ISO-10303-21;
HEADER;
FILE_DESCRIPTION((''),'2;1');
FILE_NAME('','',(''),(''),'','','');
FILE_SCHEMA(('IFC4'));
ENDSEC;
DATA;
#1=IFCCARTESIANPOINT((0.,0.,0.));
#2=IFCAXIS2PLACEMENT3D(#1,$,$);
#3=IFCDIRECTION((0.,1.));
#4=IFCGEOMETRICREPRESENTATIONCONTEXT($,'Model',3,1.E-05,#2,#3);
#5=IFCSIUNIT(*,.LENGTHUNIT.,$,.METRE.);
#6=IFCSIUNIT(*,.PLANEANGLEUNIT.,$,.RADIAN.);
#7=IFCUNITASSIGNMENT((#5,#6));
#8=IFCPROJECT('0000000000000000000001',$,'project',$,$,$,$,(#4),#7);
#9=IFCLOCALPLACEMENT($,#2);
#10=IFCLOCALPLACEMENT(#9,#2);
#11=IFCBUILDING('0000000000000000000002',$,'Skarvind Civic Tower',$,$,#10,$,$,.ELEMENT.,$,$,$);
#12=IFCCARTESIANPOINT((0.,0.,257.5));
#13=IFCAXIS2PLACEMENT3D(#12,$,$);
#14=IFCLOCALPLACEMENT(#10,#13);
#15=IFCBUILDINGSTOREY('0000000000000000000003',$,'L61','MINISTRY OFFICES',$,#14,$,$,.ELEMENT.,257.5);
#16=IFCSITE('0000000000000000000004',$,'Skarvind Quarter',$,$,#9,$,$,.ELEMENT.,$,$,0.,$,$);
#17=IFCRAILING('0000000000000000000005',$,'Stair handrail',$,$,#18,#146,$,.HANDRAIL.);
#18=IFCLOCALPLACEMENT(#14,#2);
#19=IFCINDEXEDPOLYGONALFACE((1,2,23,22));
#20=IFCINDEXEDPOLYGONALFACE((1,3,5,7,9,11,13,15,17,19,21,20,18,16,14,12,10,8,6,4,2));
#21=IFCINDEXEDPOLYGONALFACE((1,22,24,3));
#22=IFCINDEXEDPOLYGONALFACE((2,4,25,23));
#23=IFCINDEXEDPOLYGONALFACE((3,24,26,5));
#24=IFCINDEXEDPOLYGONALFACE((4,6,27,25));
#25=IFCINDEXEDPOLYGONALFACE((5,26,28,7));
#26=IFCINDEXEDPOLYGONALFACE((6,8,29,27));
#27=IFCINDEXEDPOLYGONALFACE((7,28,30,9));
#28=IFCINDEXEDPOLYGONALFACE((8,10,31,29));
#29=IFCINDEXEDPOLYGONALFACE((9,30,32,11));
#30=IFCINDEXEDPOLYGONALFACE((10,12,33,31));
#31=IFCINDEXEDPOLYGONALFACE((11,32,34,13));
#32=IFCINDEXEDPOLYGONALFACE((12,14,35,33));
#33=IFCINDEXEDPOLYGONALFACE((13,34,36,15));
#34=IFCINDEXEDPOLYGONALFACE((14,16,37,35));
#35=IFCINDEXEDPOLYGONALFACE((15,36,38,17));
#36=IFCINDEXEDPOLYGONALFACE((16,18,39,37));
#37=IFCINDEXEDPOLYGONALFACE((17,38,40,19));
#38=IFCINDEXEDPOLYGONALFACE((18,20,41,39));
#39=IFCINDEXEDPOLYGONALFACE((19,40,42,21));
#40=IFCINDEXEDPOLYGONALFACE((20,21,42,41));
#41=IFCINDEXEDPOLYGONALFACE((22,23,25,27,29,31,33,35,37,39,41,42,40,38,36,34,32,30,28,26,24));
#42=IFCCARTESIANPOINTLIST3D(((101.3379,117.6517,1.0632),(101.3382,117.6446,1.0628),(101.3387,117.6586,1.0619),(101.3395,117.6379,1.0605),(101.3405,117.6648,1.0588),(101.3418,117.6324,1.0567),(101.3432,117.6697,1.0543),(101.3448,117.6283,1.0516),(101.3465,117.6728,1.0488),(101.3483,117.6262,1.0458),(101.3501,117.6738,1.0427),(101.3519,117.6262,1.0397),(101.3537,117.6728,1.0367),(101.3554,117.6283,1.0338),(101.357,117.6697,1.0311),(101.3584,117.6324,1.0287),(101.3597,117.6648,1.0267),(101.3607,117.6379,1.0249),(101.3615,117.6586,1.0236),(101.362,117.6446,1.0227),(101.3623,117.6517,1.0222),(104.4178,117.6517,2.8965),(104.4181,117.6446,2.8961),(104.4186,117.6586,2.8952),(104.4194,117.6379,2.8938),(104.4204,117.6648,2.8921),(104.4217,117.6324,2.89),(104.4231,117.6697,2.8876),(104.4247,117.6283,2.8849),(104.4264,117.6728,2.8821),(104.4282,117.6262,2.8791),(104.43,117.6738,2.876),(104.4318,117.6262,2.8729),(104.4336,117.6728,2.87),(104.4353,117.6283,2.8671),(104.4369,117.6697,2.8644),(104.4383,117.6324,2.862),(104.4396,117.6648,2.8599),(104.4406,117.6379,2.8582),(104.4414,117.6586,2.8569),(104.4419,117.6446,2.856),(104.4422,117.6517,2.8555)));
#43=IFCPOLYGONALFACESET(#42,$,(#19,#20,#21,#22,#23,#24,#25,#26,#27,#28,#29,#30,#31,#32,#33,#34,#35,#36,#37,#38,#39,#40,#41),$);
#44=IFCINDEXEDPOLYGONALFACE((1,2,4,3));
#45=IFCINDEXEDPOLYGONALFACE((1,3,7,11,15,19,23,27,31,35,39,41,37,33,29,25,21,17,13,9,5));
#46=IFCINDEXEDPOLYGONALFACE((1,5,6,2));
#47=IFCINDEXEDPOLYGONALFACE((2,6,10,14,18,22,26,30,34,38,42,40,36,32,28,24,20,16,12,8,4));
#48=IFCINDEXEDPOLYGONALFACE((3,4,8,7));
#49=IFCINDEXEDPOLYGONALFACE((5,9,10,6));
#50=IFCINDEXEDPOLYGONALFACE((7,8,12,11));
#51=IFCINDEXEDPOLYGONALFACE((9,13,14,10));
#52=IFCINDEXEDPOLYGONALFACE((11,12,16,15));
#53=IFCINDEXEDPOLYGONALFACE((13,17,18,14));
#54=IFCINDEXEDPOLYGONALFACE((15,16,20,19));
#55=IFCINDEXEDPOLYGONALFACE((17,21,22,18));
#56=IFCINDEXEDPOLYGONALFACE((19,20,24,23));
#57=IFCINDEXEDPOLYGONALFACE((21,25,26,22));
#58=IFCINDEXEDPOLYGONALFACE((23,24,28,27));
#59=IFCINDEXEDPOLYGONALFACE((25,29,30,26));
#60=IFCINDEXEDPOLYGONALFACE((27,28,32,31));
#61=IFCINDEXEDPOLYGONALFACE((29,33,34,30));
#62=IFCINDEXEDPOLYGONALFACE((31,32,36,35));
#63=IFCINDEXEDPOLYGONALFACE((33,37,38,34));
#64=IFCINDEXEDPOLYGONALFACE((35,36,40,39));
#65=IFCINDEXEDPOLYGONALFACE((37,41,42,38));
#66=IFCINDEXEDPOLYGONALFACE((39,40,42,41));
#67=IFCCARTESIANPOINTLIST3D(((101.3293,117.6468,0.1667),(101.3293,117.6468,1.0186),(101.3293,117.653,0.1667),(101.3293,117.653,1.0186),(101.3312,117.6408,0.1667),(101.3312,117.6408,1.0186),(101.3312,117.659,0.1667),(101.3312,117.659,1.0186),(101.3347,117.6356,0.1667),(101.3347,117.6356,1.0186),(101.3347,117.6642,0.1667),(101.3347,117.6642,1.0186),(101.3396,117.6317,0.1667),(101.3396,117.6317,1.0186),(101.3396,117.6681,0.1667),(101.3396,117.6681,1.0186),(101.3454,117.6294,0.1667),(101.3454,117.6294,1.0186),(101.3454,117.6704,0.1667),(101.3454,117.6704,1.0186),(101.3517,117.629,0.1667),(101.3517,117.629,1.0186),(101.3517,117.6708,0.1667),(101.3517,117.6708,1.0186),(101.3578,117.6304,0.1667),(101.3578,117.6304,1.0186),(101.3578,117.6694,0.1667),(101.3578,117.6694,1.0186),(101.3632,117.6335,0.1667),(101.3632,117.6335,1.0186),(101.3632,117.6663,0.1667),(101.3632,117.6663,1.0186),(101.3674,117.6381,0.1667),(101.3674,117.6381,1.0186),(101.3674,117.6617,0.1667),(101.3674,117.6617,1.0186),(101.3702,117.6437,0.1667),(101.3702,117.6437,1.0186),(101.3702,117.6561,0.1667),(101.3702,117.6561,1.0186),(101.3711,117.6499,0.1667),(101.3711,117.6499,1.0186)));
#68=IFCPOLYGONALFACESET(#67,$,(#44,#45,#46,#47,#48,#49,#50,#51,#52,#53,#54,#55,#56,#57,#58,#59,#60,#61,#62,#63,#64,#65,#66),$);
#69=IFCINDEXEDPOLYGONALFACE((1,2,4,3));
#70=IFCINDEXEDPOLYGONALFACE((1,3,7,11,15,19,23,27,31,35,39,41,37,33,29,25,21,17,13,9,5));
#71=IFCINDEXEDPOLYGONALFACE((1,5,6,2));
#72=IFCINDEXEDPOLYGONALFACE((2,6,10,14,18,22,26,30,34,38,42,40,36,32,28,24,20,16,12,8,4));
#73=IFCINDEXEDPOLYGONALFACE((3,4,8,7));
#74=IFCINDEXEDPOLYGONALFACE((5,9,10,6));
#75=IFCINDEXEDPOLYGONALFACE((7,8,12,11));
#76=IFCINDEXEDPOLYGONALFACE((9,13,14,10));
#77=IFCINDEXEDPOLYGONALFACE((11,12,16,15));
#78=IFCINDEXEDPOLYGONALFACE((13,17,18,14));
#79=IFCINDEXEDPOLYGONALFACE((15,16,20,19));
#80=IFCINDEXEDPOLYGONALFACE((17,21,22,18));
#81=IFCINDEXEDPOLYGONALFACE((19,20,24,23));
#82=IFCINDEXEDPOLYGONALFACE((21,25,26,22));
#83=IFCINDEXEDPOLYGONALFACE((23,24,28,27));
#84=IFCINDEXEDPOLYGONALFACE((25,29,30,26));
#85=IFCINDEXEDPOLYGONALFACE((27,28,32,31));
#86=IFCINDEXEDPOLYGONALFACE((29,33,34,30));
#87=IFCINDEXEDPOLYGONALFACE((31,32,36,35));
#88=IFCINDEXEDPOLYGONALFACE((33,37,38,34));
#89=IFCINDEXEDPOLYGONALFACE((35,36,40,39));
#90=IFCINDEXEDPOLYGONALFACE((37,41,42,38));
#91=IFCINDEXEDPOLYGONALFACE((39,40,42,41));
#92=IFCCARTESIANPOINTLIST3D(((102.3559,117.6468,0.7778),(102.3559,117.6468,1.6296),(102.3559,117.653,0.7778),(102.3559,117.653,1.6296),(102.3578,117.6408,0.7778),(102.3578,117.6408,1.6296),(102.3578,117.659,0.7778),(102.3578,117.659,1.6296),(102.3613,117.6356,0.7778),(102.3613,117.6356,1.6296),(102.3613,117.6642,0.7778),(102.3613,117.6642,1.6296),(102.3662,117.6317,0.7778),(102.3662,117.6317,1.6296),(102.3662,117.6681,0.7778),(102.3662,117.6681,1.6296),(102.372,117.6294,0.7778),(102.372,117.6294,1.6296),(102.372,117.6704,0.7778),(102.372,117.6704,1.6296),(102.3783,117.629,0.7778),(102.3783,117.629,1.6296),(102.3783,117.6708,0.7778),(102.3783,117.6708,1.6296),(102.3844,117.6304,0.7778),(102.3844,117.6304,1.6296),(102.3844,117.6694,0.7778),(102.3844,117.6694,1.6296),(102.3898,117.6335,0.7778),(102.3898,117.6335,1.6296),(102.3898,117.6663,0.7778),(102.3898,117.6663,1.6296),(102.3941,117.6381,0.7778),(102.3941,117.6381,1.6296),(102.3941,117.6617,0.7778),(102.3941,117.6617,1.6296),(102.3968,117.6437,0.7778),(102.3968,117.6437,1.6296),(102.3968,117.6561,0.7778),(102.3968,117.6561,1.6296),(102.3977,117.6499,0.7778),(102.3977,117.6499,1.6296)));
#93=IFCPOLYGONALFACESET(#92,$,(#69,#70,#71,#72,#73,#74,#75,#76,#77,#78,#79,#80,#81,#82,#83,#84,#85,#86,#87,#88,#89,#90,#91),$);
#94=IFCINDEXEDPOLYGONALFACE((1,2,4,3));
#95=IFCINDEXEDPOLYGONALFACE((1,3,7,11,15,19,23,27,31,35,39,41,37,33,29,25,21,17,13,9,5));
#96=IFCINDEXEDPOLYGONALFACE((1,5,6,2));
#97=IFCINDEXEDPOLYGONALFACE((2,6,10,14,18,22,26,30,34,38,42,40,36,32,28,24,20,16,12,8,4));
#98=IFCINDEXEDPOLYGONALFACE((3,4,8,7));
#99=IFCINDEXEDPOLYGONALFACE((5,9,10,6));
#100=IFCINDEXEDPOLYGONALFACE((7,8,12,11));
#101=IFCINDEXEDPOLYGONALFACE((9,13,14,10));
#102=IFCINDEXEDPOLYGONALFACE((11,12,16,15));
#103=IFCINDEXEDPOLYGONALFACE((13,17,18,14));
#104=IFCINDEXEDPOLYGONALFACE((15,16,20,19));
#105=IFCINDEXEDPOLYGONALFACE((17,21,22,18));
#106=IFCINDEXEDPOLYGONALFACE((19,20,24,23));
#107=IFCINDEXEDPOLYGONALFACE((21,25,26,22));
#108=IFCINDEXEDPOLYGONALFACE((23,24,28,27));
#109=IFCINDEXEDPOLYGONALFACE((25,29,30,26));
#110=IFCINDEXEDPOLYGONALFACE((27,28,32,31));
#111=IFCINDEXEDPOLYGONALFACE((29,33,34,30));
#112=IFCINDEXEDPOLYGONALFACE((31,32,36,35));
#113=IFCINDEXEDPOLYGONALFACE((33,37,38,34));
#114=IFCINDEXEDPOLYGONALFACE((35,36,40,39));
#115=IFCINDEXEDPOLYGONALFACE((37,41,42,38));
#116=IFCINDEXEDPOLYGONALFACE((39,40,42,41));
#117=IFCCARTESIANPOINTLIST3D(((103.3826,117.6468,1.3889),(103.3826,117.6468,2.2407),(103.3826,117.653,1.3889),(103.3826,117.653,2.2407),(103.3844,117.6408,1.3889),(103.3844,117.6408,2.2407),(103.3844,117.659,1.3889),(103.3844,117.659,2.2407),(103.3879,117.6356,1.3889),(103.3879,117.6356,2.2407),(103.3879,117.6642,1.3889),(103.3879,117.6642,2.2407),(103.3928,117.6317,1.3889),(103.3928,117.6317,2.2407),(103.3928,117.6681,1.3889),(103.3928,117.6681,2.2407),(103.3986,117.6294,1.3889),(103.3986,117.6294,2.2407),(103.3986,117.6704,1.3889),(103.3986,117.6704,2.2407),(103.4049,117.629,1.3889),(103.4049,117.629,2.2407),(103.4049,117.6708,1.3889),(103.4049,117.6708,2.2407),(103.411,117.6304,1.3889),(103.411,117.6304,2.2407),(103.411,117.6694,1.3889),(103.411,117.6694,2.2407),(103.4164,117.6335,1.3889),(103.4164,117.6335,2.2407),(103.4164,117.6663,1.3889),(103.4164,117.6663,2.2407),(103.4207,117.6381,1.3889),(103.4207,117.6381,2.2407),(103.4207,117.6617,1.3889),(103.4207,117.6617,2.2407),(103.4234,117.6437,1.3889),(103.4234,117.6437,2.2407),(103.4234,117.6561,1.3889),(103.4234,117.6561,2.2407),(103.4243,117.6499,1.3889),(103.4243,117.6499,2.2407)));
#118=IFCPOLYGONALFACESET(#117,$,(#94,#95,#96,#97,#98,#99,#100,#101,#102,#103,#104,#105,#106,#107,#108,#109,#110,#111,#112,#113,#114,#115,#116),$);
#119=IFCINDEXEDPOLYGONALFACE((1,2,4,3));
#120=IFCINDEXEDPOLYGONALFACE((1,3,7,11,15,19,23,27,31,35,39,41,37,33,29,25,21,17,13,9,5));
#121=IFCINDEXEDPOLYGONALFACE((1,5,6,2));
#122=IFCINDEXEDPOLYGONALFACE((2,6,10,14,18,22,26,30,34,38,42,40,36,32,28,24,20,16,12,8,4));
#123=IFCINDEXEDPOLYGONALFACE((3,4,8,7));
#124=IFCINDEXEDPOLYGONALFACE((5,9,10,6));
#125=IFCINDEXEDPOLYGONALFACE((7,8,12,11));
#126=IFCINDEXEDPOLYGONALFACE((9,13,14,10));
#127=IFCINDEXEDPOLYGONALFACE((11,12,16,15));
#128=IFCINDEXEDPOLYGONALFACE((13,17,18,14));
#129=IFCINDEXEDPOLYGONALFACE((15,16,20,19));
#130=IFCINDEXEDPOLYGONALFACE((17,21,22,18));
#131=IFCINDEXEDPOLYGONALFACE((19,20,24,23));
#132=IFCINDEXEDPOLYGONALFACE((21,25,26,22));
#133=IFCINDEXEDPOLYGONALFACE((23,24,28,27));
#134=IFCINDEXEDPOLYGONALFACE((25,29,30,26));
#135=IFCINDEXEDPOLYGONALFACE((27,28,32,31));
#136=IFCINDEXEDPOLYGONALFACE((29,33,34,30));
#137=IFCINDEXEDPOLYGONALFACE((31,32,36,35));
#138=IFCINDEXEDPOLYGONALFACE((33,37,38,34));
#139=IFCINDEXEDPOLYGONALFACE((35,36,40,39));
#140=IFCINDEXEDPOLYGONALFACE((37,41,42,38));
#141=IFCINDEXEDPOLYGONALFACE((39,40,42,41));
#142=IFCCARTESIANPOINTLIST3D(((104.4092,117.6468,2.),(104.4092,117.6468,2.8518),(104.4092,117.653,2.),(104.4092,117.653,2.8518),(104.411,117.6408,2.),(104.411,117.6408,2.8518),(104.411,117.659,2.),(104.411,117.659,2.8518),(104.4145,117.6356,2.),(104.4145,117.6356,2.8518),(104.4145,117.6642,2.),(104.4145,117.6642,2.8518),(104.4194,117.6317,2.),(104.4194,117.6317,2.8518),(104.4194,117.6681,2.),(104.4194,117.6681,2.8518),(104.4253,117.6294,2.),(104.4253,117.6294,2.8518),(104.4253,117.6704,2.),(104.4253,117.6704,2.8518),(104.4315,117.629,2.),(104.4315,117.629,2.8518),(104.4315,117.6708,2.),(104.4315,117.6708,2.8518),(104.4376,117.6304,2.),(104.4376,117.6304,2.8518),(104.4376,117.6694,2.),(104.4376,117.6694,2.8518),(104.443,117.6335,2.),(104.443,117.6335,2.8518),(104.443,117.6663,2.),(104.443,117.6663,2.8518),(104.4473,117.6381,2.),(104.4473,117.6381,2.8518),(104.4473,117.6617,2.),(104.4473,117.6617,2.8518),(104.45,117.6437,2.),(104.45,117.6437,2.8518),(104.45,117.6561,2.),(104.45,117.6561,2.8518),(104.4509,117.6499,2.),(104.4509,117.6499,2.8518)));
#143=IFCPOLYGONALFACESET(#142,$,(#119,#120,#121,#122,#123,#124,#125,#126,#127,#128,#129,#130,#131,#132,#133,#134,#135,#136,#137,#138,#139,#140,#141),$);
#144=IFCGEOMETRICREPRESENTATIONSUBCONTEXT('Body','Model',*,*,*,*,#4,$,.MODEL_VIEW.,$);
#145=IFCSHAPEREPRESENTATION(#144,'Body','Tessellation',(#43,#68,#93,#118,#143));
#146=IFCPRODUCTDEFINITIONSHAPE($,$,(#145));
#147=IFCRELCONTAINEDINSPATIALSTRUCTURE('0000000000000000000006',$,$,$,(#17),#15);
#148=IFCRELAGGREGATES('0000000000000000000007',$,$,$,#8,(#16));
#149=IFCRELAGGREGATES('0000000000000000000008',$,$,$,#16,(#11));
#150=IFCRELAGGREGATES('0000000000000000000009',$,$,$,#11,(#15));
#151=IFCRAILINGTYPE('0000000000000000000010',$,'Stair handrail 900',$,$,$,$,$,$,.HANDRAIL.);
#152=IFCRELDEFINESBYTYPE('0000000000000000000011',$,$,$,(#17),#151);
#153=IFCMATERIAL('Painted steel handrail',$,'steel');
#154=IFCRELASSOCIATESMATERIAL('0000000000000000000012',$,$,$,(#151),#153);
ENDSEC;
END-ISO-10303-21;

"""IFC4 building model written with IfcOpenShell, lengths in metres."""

from ifc_helpers import new_model, si_unit, direction, frame, origin, origin_2d, place, context, subcontext, project, spatial, circle, extrude, material, type_object, element, save


model = new_model("IFC4")

# Units and contexts
model_context = context("Model", 3, precision=1e-05, world=origin(), true_north=direction((0.0, 1.0)))
body_context = subcontext(model_context, "Body", "Model", "MODEL_VIEW")
ifc_project = project(units=[si_unit("LENGTHUNIT", "METRE"), si_unit("PLANEANGLEUNIT", "RADIAN")], contexts=[model_context])

# Site, building, storey
site_placement = place(None, origin())
site = spatial("IfcSite", under=ifc_project, at=site_placement, Name="Skarvind Quarter", CompositionType="ELEMENT", RefElevation=0.0)
building_placement = place(site_placement, origin())
building = spatial("IfcBuilding", under=site, at=building_placement, Name="Skarvind Civic Tower", CompositionType="ELEMENT")
storey_placement = place(building_placement, frame((0.0, 0.0, 257.5)))
storey = spatial("IfcBuildingStorey", under=building, at=storey_placement, Name="L61", Description="MINISTRY OFFICES", CompositionType="ELEMENT", Elevation=257.5)

# Railing
ifc_material_1 = material(Name="Painted steel handrail", Category="steel")
railing_type = type_object("IfcRailingType", Name="Stair handrail 900", PredefinedType="HANDRAIL", material=ifc_material_1)
railing_placement = place(storey_placement, frame((101.3501, 117.6499, 0.1667)))
element("IfcRailing", 1, at=railing_placement, inside=storey, type_object=railing_type, Name="Stair handrail", PredefinedType="HANDRAIL", context=body_context, shape_type="SweptSolid", body=[
    extrude(circle(Radius=0.0239, at=origin_2d()), frame((0.0, 0.0, 0.876), z_axis=(0.859291, 0.0, 0.511487), x_axis=(0.0, 1.0, 0.0)), (0.0, 0.0, 1.0), 3.5842),
    extrude(circle(Radius=0.021, at=origin_2d()), origin(), (0.0, 0.0, 1.0), 0.8518),
    extrude(circle(Radius=0.021, at=origin_2d()), frame((1.0266, 0.0, 0.6111)), (0.0, 0.0, 1.0), 0.8518),
    extrude(circle(Radius=0.021, at=origin_2d()), frame((2.0532, 0.0, 1.2222)), (0.0, 0.0, 1.0), 0.8518),
    extrude(circle(Radius=0.021, at=origin_2d()), frame((3.0798, 0.0, 1.8333)), (0.0, 0.0, 1.0), 0.8518),
])

save(model, "model.ifc")
